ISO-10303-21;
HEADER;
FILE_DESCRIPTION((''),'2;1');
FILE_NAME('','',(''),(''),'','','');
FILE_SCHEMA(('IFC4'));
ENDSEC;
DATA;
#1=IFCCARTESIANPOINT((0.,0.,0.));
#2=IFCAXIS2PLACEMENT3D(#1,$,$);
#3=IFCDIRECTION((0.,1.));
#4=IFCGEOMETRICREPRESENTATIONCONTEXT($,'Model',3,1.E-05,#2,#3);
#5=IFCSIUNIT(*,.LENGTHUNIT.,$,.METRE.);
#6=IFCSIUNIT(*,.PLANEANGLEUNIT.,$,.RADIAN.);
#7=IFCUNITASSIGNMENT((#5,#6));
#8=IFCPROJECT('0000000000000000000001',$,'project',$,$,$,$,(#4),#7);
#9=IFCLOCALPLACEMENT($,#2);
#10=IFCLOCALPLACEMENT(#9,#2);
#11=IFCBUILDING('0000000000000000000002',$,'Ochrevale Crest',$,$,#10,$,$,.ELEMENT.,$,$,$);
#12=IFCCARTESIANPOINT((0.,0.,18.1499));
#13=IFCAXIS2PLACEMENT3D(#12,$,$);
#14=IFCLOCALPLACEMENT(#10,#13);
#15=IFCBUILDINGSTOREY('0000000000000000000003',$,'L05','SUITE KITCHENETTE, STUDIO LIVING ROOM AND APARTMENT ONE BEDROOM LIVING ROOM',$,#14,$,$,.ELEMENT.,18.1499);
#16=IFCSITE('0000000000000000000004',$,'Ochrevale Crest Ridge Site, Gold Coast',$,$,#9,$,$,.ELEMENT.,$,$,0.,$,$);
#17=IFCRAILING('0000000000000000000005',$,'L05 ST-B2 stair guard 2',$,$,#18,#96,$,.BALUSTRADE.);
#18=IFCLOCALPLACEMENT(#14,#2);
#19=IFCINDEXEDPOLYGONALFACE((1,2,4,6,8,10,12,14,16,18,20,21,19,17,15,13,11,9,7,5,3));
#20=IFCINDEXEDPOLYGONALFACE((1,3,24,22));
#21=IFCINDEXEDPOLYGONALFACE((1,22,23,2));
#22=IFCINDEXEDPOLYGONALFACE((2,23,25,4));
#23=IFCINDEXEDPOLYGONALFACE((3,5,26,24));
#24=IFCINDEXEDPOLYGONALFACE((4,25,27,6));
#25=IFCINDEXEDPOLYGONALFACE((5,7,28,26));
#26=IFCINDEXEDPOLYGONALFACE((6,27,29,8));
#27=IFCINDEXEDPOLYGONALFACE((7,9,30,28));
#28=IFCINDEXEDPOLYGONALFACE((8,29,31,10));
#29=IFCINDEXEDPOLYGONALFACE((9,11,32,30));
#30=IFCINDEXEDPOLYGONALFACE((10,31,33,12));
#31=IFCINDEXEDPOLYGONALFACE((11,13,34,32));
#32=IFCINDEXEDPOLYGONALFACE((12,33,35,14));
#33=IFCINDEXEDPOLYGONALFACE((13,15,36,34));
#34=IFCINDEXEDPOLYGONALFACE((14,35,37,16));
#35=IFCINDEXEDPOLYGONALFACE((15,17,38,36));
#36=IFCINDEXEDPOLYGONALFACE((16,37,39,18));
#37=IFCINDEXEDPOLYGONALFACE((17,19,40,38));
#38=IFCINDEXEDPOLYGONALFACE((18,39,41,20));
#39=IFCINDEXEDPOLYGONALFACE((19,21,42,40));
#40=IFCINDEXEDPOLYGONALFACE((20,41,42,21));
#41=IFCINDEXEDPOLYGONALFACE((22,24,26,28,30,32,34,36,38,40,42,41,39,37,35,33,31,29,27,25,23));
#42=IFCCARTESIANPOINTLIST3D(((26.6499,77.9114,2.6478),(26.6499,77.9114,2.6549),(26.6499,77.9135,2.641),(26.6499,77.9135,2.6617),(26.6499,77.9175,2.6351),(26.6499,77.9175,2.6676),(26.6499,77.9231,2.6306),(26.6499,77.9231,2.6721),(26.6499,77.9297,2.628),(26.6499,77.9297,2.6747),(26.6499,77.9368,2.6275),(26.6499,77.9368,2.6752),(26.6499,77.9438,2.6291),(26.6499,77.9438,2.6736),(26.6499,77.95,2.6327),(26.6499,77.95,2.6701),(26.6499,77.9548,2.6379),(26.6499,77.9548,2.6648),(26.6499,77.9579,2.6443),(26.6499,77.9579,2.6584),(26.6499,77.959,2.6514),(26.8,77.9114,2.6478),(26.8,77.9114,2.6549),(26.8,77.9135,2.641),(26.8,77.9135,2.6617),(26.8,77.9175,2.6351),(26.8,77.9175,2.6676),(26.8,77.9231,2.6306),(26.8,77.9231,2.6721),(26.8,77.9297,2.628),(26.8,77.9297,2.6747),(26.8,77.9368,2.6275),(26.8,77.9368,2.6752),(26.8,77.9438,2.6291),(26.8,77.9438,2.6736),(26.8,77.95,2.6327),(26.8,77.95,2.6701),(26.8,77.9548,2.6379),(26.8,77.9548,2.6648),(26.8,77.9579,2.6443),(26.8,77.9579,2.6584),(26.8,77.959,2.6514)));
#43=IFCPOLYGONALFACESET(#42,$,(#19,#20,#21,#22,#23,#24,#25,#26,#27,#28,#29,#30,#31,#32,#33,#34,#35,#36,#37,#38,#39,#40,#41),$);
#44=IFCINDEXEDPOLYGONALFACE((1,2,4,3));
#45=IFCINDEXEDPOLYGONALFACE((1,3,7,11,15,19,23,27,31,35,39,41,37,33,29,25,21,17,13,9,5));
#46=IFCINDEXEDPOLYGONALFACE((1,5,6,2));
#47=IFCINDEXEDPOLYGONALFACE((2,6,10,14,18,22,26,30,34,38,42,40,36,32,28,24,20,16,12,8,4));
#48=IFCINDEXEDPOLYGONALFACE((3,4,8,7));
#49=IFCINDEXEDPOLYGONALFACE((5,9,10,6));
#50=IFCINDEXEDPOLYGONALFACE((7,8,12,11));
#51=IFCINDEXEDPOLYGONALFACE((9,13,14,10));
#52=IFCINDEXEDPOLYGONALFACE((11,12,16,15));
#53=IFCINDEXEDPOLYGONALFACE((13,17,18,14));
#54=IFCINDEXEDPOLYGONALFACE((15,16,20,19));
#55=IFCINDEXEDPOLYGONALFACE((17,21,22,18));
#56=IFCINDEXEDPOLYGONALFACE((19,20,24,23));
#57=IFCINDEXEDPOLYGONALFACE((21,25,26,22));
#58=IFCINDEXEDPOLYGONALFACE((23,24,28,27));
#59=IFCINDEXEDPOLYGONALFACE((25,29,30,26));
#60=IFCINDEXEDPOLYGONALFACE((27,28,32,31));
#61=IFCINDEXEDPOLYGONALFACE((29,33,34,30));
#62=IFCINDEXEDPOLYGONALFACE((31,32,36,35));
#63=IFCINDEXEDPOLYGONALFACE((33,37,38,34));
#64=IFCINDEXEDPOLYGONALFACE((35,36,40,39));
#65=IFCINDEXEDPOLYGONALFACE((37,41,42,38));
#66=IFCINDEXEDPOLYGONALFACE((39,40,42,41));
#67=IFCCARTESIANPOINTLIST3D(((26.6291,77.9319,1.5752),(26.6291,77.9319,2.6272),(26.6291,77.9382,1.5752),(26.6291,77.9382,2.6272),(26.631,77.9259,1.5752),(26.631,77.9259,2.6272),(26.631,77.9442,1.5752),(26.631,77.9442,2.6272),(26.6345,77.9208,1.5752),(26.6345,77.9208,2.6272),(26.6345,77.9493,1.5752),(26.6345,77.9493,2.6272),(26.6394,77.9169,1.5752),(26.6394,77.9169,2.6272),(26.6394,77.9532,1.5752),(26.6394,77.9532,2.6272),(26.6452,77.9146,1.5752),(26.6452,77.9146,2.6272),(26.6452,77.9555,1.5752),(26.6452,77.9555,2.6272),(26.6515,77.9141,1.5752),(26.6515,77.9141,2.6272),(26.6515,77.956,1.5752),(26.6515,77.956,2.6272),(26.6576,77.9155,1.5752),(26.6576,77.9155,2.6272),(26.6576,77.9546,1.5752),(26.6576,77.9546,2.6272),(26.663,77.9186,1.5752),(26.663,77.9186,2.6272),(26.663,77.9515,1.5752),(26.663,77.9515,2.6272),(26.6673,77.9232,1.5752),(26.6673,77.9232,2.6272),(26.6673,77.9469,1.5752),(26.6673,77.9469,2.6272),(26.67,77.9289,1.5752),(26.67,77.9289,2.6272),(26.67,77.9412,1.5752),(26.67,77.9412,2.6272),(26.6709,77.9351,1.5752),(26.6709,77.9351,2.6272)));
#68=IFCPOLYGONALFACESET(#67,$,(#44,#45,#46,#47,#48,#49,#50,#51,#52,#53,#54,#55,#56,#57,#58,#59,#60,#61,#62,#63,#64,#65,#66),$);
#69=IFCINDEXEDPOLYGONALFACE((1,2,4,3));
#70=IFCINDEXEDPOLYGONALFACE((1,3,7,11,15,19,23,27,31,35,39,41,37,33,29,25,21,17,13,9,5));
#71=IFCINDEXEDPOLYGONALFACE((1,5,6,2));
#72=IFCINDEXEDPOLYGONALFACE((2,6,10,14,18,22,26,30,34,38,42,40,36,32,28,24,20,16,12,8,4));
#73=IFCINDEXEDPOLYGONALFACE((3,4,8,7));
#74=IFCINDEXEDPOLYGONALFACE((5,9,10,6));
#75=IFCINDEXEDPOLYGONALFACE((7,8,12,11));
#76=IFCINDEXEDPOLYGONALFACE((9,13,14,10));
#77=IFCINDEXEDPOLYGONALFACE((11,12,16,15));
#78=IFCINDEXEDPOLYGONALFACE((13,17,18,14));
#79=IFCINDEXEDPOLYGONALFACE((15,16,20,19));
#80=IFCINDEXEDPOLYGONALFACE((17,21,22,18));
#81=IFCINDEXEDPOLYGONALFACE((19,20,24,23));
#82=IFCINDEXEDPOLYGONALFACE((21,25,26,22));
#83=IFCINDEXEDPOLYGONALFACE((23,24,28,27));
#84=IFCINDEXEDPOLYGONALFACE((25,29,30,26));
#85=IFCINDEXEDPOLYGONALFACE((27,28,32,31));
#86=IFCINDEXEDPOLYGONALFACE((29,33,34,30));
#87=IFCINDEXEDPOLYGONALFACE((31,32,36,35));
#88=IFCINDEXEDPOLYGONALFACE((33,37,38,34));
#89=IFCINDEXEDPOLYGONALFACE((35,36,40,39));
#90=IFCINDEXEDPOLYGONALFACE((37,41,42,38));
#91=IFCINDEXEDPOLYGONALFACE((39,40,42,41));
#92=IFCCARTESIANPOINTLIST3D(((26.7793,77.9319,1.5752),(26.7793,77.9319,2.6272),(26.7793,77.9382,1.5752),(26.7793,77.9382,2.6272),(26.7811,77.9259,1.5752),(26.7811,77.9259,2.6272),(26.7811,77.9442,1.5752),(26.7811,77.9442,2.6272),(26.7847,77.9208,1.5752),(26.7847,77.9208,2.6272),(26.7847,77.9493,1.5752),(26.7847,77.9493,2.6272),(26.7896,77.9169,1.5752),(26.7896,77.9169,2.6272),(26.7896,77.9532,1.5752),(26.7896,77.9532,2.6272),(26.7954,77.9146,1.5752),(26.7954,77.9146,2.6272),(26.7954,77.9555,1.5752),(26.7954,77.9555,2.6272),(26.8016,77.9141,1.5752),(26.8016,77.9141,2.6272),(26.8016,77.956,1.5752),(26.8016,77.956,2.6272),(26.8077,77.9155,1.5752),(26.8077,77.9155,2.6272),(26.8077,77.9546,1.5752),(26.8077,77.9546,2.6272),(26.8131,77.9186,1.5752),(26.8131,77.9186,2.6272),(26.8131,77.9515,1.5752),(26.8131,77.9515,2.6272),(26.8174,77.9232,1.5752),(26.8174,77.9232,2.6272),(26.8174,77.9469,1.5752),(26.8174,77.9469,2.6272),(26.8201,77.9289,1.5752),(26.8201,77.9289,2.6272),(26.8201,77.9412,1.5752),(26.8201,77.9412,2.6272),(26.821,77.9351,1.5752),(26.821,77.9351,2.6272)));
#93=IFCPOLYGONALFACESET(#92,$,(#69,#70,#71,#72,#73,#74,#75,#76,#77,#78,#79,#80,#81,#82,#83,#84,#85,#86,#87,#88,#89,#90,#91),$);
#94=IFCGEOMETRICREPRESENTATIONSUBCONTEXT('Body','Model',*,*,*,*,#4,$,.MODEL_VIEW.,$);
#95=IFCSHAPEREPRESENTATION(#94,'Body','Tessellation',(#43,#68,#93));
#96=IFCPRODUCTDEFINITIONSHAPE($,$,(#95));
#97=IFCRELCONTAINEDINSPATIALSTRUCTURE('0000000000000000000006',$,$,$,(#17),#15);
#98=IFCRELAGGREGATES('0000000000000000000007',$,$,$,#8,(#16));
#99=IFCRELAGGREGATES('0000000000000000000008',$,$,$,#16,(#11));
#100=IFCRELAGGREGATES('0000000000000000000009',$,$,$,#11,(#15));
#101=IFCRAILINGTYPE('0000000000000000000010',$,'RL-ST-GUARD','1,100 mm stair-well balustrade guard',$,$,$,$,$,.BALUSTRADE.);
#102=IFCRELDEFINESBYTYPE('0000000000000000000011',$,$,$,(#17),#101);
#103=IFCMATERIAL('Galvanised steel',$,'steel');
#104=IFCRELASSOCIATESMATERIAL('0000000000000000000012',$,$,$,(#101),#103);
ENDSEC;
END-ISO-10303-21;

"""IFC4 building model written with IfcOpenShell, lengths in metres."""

from ifc_helpers import new_model, si_unit, direction, frame, origin, origin_2d, place, context, subcontext, project, spatial, circle, extrude, material, type_object, element, save


model = new_model("IFC4")

# Units and contexts
model_context = context("Model", 3, precision=1e-05, world=origin(), true_north=direction((0.0, 1.0)))
body_context = subcontext(model_context, "Body", "Model", "MODEL_VIEW")
ifc_project = project(units=[si_unit("LENGTHUNIT", "METRE"), si_unit("PLANEANGLEUNIT", "RADIAN")], contexts=[model_context])

# Site, building, storey
site_placement = place(None, origin())
site = spatial("IfcSite", under=ifc_project, at=site_placement, Name="Ochrevale Crest Ridge Site, Gold Coast", CompositionType="ELEMENT", RefElevation=0.0)
building_placement = place(site_placement, origin())
building = spatial("IfcBuilding", under=site, at=building_placement, Name="Ochrevale Crest", CompositionType="ELEMENT")
storey_placement = place(building_placement, frame((0.0, 0.0, 18.1499)))
storey = spatial("IfcBuildingStorey", under=building, at=storey_placement, Name="L05", Description="SUITE KITCHENETTE, STUDIO LIVING ROOM AND APARTMENT ONE BEDROOM LIVING ROOM", CompositionType="ELEMENT", Elevation=18.1499)

# Railing
ifc_material_1 = material(Name="Galvanised steel", Category="steel")
railing_type_1 = type_object("IfcRailingType", Name="RL-ST-GUARD", Description="1,100 mm stair-well balustrade guard", PredefinedType="BALUSTRADE", material=ifc_material_1)
railing_1_placement = place(storey_placement, frame((26.6499, 77.9351, 1.5752)))
element("IfcRailing", 1, at=railing_1_placement, inside=storey, type_object=railing_type_1, Name="L05 ST-B2 stair guard 2", PredefinedType="BALUSTRADE", context=body_context, shape_type="SweptSolid", body=[
    extrude(circle(Radius=0.0239, at=origin_2d()), frame((0.0, 0.0, 1.0762), z_axis=(1.0, 0.0, 0.0), x_axis=(0.0, 1.0, 0.0)), (0.0, 0.0, 1.0), 0.1501),
    extrude(circle(Radius=0.021, at=origin_2d()), origin(), (0.0, 0.0, 1.0), 1.052),
    extrude(circle(Radius=0.021, at=origin_2d()), frame((0.1501, 0.0, 0.0)), (0.0, 0.0, 1.0), 1.052),
])

save(model, "model.ifc")
